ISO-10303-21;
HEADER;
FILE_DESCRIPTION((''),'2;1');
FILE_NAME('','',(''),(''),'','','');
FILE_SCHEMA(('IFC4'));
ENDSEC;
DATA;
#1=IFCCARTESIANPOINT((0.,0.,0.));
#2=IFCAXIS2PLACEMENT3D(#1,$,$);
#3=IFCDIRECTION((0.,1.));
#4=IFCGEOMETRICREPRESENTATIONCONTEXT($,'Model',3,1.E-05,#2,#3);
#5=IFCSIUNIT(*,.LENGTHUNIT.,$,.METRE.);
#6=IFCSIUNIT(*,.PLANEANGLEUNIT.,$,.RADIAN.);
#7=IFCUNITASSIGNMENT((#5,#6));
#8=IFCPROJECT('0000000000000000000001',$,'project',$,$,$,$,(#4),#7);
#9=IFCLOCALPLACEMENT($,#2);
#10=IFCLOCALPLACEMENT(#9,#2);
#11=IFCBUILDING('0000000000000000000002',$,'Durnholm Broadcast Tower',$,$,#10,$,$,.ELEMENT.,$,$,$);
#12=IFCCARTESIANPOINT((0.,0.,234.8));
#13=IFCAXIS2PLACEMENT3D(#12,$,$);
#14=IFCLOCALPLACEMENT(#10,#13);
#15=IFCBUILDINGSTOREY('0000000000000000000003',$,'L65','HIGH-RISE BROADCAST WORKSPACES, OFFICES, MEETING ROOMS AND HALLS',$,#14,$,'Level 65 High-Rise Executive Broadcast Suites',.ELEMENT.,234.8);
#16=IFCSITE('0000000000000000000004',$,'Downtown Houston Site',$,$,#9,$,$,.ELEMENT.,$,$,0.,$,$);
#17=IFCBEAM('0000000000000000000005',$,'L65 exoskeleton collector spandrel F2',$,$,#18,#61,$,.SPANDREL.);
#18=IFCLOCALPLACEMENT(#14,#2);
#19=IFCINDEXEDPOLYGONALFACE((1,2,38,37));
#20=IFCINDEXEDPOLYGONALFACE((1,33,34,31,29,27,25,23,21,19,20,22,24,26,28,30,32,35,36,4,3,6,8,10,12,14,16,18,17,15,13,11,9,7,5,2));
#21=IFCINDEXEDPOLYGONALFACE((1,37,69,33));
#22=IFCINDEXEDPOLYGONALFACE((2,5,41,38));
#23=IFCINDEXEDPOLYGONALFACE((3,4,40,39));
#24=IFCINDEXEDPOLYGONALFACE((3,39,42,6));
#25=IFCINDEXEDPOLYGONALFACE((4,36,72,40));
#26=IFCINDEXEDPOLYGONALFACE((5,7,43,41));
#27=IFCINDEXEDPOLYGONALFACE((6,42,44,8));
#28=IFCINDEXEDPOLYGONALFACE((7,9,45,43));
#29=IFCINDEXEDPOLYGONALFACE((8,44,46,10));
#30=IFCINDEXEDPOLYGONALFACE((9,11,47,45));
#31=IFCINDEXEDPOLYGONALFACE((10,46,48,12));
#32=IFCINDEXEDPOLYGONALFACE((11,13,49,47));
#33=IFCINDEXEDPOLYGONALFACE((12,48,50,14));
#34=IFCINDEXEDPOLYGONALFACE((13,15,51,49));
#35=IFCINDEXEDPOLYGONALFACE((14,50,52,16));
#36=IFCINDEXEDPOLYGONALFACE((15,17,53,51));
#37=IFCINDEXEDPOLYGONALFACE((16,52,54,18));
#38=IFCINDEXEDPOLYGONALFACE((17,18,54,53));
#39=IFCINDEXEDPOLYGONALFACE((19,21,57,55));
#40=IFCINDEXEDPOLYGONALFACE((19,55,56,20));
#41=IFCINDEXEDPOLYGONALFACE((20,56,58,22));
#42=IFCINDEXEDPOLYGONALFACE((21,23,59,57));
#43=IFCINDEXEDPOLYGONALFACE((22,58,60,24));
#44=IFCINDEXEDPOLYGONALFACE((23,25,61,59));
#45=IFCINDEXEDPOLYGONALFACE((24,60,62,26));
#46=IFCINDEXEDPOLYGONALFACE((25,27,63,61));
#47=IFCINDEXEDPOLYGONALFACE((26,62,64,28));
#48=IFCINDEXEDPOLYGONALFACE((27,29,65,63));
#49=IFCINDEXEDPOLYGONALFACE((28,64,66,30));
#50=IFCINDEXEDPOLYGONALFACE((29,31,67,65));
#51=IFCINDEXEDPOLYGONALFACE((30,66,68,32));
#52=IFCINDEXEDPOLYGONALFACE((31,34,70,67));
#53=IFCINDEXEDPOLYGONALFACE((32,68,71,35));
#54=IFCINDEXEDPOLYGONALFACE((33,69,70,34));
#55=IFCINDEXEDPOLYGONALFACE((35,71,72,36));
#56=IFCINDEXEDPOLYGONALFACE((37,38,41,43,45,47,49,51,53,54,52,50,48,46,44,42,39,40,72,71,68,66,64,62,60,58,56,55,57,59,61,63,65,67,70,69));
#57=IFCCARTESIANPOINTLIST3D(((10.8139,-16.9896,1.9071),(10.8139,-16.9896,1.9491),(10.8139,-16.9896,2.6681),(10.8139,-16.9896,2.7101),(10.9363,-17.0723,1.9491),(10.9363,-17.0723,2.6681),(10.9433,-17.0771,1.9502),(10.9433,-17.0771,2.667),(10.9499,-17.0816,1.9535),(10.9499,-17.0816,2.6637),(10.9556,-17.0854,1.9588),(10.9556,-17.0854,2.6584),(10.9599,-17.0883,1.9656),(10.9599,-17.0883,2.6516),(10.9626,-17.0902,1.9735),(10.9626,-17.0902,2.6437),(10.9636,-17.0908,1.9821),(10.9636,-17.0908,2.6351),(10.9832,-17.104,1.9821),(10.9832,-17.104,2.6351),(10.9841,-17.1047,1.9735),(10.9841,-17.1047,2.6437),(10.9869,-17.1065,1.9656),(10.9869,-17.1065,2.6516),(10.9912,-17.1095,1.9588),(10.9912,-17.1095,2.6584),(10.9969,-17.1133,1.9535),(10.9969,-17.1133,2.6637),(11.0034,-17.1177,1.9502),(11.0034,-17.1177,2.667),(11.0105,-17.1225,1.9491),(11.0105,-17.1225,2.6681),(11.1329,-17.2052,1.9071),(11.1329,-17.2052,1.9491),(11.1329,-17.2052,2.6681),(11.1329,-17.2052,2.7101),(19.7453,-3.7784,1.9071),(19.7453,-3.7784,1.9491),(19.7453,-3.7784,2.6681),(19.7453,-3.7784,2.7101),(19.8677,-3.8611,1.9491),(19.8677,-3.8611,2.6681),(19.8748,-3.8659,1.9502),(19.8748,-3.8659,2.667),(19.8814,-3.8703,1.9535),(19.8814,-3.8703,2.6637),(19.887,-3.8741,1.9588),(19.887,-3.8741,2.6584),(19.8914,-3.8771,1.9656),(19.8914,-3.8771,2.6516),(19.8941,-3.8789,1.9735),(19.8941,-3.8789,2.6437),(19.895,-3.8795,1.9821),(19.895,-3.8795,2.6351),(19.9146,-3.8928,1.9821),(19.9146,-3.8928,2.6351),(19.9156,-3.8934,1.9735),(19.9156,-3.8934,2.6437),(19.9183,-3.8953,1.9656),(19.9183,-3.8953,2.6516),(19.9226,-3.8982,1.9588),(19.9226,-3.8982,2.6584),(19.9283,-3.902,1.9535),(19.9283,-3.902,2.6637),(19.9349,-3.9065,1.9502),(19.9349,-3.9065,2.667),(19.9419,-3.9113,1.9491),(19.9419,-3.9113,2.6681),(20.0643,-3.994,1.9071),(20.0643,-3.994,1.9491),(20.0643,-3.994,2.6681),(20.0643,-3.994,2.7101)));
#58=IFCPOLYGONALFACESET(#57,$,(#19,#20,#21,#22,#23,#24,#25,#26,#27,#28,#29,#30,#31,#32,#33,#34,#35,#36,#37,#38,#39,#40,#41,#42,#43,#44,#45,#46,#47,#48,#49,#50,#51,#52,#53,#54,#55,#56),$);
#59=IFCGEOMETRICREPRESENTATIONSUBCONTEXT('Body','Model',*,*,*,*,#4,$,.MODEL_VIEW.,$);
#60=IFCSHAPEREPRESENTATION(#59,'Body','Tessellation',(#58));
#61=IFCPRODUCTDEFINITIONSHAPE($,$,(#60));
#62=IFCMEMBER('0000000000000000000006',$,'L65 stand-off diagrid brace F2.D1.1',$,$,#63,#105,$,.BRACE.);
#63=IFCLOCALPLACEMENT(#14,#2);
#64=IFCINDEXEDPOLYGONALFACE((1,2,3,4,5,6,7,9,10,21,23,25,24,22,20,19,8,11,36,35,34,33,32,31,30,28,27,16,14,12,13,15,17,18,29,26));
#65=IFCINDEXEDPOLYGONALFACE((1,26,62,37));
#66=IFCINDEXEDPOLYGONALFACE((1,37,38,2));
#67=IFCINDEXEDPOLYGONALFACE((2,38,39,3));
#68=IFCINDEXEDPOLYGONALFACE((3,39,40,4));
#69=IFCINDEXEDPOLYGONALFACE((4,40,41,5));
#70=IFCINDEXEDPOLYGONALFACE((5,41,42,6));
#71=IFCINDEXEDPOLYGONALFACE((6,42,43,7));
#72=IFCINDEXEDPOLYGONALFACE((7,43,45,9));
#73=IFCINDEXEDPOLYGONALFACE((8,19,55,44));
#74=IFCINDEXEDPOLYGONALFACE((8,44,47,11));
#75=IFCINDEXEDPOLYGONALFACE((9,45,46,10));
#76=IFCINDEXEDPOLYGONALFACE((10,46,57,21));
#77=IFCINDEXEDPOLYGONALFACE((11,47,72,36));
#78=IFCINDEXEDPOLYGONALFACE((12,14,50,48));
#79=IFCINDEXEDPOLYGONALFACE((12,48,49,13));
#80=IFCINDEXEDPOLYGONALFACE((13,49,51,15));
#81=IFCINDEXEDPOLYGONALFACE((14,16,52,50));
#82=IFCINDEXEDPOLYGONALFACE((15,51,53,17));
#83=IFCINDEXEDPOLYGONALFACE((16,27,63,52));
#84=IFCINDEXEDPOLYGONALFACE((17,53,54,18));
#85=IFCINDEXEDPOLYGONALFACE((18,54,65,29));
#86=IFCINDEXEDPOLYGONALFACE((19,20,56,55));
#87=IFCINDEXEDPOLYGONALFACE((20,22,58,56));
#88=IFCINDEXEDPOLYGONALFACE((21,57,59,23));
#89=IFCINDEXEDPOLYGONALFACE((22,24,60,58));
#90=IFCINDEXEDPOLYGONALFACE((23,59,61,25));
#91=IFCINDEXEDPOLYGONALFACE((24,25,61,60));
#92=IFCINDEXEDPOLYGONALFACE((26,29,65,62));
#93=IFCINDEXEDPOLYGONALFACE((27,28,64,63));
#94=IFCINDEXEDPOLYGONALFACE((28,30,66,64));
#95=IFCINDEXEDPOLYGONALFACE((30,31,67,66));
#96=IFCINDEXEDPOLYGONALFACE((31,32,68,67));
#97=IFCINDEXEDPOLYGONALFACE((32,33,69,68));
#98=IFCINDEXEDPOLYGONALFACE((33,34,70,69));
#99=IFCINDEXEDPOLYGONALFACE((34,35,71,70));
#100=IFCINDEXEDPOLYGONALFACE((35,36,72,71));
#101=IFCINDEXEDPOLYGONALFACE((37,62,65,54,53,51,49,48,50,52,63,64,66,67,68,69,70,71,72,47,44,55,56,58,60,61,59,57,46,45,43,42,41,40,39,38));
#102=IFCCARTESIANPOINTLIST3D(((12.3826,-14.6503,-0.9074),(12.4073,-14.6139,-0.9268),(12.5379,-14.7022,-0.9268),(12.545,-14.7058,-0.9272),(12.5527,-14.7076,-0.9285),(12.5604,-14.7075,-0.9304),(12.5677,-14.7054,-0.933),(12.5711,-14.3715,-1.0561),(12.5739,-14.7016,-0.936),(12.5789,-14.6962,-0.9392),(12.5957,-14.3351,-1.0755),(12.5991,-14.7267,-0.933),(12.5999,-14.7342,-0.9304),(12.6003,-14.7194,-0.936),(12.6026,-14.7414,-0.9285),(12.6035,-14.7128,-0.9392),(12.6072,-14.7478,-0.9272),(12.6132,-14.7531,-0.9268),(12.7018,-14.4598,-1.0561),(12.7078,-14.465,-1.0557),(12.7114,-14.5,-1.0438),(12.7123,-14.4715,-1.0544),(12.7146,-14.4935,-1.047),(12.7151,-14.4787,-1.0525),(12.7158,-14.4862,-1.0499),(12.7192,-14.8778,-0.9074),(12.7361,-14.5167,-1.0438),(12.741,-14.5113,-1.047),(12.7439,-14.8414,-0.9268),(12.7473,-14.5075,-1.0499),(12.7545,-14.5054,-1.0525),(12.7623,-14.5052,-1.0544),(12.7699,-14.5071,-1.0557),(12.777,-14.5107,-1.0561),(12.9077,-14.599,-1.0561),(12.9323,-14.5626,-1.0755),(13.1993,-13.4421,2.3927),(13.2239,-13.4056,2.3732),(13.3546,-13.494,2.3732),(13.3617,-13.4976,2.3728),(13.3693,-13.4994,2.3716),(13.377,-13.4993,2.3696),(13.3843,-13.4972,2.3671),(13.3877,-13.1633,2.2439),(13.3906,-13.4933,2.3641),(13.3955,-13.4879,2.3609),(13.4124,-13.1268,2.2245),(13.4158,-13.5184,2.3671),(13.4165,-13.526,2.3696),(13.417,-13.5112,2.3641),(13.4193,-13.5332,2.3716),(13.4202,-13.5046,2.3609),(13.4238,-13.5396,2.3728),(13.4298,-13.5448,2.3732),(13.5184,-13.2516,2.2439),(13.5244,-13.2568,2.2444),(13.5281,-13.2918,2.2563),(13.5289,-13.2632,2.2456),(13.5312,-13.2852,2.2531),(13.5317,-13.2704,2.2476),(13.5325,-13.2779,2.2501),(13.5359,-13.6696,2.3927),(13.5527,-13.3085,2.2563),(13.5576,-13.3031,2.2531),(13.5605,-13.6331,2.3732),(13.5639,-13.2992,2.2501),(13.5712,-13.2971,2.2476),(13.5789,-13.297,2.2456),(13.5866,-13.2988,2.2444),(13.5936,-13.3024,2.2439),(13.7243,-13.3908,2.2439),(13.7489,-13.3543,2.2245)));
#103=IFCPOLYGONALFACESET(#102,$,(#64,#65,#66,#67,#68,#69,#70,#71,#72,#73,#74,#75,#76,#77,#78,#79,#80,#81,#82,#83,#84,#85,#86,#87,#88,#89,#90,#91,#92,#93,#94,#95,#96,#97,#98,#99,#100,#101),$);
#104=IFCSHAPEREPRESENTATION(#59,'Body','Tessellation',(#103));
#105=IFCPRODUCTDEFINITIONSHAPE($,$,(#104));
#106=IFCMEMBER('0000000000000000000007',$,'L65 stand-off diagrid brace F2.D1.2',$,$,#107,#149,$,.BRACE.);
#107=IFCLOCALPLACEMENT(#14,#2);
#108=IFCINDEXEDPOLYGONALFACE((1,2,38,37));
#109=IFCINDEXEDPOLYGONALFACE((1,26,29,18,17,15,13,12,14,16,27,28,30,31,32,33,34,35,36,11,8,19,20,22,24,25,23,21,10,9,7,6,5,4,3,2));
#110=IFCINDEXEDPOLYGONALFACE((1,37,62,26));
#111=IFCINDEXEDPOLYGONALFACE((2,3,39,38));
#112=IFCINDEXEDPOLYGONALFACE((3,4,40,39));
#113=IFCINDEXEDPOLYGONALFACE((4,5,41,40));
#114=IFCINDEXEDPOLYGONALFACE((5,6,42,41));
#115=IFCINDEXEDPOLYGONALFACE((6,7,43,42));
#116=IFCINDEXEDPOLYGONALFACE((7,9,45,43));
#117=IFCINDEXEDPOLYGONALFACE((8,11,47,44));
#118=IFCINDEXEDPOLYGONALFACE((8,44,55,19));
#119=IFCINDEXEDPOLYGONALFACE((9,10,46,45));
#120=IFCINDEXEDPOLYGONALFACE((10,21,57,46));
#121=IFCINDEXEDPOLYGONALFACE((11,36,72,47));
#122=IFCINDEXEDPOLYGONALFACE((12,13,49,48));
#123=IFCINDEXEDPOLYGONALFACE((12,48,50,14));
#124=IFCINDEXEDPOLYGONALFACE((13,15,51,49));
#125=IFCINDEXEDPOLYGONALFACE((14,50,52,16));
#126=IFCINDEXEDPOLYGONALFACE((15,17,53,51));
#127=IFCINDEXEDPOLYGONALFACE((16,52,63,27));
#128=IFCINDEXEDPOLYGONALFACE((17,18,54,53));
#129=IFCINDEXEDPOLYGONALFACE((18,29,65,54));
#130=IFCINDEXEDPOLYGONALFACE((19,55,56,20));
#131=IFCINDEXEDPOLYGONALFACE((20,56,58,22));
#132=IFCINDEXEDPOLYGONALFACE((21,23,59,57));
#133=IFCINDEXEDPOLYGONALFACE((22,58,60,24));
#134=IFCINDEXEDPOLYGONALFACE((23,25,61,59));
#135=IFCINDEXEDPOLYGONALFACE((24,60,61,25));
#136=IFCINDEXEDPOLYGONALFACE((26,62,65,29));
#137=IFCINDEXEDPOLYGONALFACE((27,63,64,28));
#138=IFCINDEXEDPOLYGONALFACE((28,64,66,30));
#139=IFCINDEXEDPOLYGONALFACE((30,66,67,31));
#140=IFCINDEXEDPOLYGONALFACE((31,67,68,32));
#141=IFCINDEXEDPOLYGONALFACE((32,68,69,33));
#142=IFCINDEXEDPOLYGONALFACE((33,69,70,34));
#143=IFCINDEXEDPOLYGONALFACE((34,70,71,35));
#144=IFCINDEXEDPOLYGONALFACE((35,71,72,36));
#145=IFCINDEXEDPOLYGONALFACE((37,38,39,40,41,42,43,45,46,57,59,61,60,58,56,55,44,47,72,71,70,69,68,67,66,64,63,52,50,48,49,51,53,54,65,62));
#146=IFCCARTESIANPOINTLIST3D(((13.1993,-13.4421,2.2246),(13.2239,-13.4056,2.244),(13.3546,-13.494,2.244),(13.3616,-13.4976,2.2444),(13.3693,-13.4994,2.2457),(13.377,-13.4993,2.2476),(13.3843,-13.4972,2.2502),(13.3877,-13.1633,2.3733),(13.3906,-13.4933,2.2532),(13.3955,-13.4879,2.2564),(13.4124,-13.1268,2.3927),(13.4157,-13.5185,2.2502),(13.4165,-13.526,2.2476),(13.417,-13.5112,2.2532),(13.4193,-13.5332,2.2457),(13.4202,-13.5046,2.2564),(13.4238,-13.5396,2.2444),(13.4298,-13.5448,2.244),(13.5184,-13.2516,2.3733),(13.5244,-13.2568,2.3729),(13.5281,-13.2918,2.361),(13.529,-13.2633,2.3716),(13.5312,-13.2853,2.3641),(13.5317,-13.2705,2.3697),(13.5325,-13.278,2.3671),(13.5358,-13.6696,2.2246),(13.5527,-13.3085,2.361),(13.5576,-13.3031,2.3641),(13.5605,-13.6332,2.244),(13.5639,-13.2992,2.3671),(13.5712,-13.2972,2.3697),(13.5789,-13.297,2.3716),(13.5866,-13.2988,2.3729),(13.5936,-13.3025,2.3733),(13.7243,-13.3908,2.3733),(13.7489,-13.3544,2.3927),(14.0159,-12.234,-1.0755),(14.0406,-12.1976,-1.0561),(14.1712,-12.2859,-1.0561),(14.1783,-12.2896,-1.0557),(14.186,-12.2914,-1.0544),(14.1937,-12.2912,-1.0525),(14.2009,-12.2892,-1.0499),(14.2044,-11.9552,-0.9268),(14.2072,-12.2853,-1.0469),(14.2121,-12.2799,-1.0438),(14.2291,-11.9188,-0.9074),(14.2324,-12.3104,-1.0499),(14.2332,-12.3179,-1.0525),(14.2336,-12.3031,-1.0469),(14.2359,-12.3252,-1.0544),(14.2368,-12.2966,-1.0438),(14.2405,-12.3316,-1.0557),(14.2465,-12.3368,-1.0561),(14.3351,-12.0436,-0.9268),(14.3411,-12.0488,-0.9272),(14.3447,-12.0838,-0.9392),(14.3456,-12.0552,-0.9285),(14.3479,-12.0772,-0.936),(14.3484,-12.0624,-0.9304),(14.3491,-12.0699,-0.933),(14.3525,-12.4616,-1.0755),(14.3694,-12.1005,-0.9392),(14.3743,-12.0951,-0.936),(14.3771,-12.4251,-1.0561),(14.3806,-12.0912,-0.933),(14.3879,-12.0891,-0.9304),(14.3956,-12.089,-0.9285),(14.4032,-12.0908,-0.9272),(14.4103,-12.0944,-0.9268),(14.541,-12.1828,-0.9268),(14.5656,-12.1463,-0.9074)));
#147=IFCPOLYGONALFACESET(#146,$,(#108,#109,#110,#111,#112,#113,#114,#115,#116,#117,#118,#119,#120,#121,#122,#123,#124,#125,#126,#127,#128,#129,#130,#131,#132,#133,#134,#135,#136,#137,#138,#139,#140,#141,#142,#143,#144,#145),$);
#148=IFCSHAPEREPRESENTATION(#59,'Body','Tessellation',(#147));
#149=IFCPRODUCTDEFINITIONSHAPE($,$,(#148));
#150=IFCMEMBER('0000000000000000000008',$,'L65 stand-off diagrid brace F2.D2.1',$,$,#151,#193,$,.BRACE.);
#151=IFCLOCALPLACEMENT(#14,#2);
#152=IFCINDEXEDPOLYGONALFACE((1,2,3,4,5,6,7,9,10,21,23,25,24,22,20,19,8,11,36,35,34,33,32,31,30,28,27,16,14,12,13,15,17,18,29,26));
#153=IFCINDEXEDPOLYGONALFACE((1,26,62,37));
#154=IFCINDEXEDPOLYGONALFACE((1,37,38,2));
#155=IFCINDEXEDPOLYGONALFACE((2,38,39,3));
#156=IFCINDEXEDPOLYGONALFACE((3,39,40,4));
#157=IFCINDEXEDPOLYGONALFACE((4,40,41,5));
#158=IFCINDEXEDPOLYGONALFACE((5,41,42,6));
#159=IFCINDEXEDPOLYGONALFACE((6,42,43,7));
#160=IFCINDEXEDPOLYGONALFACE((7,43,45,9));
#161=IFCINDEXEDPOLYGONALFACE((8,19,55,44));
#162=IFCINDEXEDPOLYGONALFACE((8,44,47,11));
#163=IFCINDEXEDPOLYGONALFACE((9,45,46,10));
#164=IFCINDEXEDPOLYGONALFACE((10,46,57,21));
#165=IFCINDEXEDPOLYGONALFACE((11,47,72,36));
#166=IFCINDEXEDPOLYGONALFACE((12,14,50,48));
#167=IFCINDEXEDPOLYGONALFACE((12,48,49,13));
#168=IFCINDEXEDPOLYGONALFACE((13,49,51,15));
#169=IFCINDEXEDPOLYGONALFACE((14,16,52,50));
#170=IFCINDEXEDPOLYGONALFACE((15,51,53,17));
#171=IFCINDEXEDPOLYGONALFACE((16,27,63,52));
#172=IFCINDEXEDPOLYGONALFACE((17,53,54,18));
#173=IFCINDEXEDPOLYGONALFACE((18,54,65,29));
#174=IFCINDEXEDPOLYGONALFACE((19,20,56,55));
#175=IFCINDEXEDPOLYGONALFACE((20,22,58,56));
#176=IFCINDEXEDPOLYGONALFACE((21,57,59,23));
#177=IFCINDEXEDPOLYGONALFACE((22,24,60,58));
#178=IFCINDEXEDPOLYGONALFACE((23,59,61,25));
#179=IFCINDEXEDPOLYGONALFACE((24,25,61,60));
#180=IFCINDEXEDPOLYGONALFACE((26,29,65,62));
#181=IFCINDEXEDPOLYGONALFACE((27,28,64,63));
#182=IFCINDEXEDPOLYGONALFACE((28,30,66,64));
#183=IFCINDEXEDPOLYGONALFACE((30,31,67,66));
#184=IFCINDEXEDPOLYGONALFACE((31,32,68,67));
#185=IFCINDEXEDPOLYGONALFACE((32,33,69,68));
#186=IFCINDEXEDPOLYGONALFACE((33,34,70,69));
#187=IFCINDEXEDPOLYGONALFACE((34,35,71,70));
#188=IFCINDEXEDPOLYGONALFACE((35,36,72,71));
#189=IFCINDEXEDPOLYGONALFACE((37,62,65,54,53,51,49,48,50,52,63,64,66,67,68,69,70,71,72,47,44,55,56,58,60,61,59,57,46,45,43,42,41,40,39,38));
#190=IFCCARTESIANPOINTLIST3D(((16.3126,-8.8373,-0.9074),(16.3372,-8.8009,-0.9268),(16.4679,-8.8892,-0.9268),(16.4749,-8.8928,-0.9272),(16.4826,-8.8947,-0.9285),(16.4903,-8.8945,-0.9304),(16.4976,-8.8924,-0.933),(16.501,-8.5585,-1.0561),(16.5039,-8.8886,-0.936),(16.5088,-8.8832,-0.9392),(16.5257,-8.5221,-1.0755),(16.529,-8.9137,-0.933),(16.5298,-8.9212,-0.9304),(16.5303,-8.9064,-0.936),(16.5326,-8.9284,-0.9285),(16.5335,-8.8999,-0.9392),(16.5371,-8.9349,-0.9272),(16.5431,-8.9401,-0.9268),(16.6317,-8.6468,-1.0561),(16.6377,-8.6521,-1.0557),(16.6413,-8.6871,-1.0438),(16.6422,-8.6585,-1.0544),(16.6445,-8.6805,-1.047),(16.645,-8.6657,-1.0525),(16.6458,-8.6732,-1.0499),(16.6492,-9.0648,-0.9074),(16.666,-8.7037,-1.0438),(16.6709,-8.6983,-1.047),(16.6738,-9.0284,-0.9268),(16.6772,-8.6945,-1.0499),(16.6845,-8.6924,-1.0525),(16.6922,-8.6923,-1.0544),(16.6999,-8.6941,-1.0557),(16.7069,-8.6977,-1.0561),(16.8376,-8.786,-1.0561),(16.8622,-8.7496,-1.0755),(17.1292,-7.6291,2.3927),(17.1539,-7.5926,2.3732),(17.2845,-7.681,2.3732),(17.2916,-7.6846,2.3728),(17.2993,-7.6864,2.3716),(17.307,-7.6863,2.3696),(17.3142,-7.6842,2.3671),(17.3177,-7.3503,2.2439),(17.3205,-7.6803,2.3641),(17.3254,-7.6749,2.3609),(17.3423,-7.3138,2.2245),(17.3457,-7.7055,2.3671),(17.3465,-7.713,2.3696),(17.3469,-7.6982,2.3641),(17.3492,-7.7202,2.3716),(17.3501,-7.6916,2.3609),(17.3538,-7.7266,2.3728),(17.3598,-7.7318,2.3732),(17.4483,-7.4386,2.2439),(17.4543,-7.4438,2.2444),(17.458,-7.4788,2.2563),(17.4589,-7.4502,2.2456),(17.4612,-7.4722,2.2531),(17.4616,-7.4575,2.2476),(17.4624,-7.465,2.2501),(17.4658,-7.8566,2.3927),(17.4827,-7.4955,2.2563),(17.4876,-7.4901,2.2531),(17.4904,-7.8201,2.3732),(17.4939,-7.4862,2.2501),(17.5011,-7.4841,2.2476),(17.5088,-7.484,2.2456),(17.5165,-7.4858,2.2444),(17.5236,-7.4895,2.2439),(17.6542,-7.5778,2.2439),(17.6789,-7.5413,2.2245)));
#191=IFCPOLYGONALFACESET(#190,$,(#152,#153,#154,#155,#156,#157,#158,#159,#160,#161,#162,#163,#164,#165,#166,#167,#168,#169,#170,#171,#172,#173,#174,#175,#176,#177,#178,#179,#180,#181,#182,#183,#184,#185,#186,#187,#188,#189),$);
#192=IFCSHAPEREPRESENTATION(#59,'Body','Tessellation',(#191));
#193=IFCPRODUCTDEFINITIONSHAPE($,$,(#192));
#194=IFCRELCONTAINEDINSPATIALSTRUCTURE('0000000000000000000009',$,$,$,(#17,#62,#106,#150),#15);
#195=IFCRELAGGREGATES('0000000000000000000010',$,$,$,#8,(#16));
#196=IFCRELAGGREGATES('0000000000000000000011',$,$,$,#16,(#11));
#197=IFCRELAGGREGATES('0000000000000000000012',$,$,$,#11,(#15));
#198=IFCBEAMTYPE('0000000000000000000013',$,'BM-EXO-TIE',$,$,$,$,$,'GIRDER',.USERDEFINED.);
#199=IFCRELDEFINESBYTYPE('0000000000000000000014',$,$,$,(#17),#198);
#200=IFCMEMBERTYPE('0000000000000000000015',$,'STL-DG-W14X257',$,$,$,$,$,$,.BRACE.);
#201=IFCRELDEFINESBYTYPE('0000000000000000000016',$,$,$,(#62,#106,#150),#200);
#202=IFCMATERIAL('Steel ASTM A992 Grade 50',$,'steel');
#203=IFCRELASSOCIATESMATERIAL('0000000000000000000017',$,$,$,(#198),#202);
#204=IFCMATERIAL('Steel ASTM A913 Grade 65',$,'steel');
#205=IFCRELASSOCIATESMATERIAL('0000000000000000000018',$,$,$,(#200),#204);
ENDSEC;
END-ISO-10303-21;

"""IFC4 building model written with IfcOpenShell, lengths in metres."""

from ifc_helpers import new_model, si_unit, direction, frame, origin, origin_2d, place, context, subcontext, project, spatial, i_section, extrude, source, transform, mapped, material, material_profile, profile_set, type_object, type_shapes, element, save


model = new_model("IFC4")

# Units and contexts
model_context = context("Model", 3, precision=1e-05, world=origin(), true_north=direction((0.0, 1.0)))
body_context = subcontext(model_context, "Body", "Model", "MODEL_VIEW")
ifc_project = project(units=[si_unit("LENGTHUNIT", "METRE"), si_unit("PLANEANGLEUNIT", "RADIAN")], contexts=[model_context])

# Site, building, storey
site_placement = place(None, origin())
site = spatial("IfcSite", under=ifc_project, at=site_placement, Name="Downtown Houston Site", CompositionType="ELEMENT", RefElevation=0.0)
building_placement = place(site_placement, origin())
building = spatial("IfcBuilding", under=site, at=building_placement, Name="Durnholm Broadcast Tower", CompositionType="ELEMENT")
storey_placement = place(building_placement, frame((0.0, 0.0, 234.8)))
storey = spatial("IfcBuildingStorey", under=building, at=storey_placement, Name="L65", Description="HIGH-RISE BROADCAST WORKSPACES, OFFICES, MEETING ROOMS AND HALLS", LongName="Level 65 High-Rise Executive Broadcast Suites", CompositionType="ELEMENT", Elevation=234.8)

# Beam
ifc_material_1 = material(Name="Steel ASTM A992 Grade 50", Category="steel")
ifc_material_profile_1 = material_profile(ifc_material_1, i_section(OverallWidth=0.385, OverallDepth=0.803, WebThickness=0.0237, FlangeThickness=0.042, FilletRadius=0.033, at=origin_2d()), Name="W30X261")
ifc_profile_set_1 = profile_set([ifc_material_profile_1], Name="Steel ASTM A992 Grade 50")
beam_type_1 = type_object("IfcBeamType", Name="BM-EXO-TIE", ElementType="GIRDER", PredefinedType="USERDEFINED", material=ifc_profile_set_1)
shared_shape_1 = source(origin(), body_context, "Body", "SweptSolid", [
    extrude(i_section(OverallWidth=0.385, OverallDepth=0.803, WebThickness=0.0237, FlangeThickness=0.042, FilletRadius=0.033, at=origin_2d()), origin(), (0.0, 0.0, 1.0), 15.947),
])
beam_1_placement = place(storey_placement, frame((10.9734, -17.0974, 2.3086), z_axis=(0.560069, 0.828446, 0.0), x_axis=(-0.828446, 0.560069, 0.0)))
element("IfcBeam", 1, at=beam_1_placement, inside=storey, type_object=beam_type_1, Name="L65 exoskeleton collector spandrel F2", PredefinedType="SPANDREL", context=body_context, shape_type="MappedRepresentation", body=[
    mapped(shared_shape_1, transform((0.0, 0.0, 0.0), x_axis=(1.0, 0.0, 0.0), y_axis=(0.0, 1.0, 0.0), z_axis=(0.0, 0.0, 1.0), scale=1.0)),
])

# Members
ifc_material_2 = material(Name="Steel ASTM A913 Grade 65", Category="steel")
ifc_material_profile_2 = material_profile(ifc_material_2, i_section(OverallWidth=0.4062, OverallDepth=0.416, WebThickness=0.0298, FlangeThickness=0.0481, FilletRadius=0.0305, at=origin_2d()), Name="W14X257")
ifc_profile_set_2 = profile_set([ifc_material_profile_2], Name="Steel ASTM A913 Grade 65")
member_type_1 = type_object("IfcMemberType", Name="STL-DG-W14X257", PredefinedType="BRACE", material=ifc_profile_set_2)
shared_shape_2 = source(origin(), body_context, "Body", "SweptSolid", [
    extrude(i_section(OverallWidth=0.4062, OverallDepth=0.416, WebThickness=0.0298, FlangeThickness=0.0481, FilletRadius=0.0305, at=origin_2d()), origin(), (0.0, 0.0, 1.0), 3.6079),
])
type_shapes(member_type_1, [shared_shape_2])
for number, where, z_axis, x_axis, name in (
    (2, (12.6575, -14.6064, -0.9915), (0.226349, 0.334888, 0.914667), (-0.828505, 0.559982, 0.0), "L65 stand-off diagrid brace F2.D1.1"),
    (3, (14.2908, -12.1902, -0.9915), (-0.226354, -0.334828, 0.914688), (0.828452, -0.560059, 0.0), "L65 stand-off diagrid brace F2.D1.2"),
    (4, (16.5874, -8.7935, -0.9915), (0.226349, 0.334888, 0.914667), (-0.828505, 0.559982, 0.0), "L65 stand-off diagrid brace F2.D2.1"),
):
    element("IfcMember", number, at=place(storey_placement, frame(where, z_axis=z_axis, x_axis=x_axis)), inside=storey, type_object=member_type_1, Name=name, PredefinedType="BRACE", context=body_context, shape_type="MappedRepresentation", body=[
        mapped(shared_shape_2, transform((0.0, 0.0, 0.0), x_axis=(1.0, 0.0, 0.0), y_axis=(0.0, 1.0, 0.0), z_axis=(0.0, 0.0, 1.0), scale=1.0)),
    ])

save(model, "model.ifc")
